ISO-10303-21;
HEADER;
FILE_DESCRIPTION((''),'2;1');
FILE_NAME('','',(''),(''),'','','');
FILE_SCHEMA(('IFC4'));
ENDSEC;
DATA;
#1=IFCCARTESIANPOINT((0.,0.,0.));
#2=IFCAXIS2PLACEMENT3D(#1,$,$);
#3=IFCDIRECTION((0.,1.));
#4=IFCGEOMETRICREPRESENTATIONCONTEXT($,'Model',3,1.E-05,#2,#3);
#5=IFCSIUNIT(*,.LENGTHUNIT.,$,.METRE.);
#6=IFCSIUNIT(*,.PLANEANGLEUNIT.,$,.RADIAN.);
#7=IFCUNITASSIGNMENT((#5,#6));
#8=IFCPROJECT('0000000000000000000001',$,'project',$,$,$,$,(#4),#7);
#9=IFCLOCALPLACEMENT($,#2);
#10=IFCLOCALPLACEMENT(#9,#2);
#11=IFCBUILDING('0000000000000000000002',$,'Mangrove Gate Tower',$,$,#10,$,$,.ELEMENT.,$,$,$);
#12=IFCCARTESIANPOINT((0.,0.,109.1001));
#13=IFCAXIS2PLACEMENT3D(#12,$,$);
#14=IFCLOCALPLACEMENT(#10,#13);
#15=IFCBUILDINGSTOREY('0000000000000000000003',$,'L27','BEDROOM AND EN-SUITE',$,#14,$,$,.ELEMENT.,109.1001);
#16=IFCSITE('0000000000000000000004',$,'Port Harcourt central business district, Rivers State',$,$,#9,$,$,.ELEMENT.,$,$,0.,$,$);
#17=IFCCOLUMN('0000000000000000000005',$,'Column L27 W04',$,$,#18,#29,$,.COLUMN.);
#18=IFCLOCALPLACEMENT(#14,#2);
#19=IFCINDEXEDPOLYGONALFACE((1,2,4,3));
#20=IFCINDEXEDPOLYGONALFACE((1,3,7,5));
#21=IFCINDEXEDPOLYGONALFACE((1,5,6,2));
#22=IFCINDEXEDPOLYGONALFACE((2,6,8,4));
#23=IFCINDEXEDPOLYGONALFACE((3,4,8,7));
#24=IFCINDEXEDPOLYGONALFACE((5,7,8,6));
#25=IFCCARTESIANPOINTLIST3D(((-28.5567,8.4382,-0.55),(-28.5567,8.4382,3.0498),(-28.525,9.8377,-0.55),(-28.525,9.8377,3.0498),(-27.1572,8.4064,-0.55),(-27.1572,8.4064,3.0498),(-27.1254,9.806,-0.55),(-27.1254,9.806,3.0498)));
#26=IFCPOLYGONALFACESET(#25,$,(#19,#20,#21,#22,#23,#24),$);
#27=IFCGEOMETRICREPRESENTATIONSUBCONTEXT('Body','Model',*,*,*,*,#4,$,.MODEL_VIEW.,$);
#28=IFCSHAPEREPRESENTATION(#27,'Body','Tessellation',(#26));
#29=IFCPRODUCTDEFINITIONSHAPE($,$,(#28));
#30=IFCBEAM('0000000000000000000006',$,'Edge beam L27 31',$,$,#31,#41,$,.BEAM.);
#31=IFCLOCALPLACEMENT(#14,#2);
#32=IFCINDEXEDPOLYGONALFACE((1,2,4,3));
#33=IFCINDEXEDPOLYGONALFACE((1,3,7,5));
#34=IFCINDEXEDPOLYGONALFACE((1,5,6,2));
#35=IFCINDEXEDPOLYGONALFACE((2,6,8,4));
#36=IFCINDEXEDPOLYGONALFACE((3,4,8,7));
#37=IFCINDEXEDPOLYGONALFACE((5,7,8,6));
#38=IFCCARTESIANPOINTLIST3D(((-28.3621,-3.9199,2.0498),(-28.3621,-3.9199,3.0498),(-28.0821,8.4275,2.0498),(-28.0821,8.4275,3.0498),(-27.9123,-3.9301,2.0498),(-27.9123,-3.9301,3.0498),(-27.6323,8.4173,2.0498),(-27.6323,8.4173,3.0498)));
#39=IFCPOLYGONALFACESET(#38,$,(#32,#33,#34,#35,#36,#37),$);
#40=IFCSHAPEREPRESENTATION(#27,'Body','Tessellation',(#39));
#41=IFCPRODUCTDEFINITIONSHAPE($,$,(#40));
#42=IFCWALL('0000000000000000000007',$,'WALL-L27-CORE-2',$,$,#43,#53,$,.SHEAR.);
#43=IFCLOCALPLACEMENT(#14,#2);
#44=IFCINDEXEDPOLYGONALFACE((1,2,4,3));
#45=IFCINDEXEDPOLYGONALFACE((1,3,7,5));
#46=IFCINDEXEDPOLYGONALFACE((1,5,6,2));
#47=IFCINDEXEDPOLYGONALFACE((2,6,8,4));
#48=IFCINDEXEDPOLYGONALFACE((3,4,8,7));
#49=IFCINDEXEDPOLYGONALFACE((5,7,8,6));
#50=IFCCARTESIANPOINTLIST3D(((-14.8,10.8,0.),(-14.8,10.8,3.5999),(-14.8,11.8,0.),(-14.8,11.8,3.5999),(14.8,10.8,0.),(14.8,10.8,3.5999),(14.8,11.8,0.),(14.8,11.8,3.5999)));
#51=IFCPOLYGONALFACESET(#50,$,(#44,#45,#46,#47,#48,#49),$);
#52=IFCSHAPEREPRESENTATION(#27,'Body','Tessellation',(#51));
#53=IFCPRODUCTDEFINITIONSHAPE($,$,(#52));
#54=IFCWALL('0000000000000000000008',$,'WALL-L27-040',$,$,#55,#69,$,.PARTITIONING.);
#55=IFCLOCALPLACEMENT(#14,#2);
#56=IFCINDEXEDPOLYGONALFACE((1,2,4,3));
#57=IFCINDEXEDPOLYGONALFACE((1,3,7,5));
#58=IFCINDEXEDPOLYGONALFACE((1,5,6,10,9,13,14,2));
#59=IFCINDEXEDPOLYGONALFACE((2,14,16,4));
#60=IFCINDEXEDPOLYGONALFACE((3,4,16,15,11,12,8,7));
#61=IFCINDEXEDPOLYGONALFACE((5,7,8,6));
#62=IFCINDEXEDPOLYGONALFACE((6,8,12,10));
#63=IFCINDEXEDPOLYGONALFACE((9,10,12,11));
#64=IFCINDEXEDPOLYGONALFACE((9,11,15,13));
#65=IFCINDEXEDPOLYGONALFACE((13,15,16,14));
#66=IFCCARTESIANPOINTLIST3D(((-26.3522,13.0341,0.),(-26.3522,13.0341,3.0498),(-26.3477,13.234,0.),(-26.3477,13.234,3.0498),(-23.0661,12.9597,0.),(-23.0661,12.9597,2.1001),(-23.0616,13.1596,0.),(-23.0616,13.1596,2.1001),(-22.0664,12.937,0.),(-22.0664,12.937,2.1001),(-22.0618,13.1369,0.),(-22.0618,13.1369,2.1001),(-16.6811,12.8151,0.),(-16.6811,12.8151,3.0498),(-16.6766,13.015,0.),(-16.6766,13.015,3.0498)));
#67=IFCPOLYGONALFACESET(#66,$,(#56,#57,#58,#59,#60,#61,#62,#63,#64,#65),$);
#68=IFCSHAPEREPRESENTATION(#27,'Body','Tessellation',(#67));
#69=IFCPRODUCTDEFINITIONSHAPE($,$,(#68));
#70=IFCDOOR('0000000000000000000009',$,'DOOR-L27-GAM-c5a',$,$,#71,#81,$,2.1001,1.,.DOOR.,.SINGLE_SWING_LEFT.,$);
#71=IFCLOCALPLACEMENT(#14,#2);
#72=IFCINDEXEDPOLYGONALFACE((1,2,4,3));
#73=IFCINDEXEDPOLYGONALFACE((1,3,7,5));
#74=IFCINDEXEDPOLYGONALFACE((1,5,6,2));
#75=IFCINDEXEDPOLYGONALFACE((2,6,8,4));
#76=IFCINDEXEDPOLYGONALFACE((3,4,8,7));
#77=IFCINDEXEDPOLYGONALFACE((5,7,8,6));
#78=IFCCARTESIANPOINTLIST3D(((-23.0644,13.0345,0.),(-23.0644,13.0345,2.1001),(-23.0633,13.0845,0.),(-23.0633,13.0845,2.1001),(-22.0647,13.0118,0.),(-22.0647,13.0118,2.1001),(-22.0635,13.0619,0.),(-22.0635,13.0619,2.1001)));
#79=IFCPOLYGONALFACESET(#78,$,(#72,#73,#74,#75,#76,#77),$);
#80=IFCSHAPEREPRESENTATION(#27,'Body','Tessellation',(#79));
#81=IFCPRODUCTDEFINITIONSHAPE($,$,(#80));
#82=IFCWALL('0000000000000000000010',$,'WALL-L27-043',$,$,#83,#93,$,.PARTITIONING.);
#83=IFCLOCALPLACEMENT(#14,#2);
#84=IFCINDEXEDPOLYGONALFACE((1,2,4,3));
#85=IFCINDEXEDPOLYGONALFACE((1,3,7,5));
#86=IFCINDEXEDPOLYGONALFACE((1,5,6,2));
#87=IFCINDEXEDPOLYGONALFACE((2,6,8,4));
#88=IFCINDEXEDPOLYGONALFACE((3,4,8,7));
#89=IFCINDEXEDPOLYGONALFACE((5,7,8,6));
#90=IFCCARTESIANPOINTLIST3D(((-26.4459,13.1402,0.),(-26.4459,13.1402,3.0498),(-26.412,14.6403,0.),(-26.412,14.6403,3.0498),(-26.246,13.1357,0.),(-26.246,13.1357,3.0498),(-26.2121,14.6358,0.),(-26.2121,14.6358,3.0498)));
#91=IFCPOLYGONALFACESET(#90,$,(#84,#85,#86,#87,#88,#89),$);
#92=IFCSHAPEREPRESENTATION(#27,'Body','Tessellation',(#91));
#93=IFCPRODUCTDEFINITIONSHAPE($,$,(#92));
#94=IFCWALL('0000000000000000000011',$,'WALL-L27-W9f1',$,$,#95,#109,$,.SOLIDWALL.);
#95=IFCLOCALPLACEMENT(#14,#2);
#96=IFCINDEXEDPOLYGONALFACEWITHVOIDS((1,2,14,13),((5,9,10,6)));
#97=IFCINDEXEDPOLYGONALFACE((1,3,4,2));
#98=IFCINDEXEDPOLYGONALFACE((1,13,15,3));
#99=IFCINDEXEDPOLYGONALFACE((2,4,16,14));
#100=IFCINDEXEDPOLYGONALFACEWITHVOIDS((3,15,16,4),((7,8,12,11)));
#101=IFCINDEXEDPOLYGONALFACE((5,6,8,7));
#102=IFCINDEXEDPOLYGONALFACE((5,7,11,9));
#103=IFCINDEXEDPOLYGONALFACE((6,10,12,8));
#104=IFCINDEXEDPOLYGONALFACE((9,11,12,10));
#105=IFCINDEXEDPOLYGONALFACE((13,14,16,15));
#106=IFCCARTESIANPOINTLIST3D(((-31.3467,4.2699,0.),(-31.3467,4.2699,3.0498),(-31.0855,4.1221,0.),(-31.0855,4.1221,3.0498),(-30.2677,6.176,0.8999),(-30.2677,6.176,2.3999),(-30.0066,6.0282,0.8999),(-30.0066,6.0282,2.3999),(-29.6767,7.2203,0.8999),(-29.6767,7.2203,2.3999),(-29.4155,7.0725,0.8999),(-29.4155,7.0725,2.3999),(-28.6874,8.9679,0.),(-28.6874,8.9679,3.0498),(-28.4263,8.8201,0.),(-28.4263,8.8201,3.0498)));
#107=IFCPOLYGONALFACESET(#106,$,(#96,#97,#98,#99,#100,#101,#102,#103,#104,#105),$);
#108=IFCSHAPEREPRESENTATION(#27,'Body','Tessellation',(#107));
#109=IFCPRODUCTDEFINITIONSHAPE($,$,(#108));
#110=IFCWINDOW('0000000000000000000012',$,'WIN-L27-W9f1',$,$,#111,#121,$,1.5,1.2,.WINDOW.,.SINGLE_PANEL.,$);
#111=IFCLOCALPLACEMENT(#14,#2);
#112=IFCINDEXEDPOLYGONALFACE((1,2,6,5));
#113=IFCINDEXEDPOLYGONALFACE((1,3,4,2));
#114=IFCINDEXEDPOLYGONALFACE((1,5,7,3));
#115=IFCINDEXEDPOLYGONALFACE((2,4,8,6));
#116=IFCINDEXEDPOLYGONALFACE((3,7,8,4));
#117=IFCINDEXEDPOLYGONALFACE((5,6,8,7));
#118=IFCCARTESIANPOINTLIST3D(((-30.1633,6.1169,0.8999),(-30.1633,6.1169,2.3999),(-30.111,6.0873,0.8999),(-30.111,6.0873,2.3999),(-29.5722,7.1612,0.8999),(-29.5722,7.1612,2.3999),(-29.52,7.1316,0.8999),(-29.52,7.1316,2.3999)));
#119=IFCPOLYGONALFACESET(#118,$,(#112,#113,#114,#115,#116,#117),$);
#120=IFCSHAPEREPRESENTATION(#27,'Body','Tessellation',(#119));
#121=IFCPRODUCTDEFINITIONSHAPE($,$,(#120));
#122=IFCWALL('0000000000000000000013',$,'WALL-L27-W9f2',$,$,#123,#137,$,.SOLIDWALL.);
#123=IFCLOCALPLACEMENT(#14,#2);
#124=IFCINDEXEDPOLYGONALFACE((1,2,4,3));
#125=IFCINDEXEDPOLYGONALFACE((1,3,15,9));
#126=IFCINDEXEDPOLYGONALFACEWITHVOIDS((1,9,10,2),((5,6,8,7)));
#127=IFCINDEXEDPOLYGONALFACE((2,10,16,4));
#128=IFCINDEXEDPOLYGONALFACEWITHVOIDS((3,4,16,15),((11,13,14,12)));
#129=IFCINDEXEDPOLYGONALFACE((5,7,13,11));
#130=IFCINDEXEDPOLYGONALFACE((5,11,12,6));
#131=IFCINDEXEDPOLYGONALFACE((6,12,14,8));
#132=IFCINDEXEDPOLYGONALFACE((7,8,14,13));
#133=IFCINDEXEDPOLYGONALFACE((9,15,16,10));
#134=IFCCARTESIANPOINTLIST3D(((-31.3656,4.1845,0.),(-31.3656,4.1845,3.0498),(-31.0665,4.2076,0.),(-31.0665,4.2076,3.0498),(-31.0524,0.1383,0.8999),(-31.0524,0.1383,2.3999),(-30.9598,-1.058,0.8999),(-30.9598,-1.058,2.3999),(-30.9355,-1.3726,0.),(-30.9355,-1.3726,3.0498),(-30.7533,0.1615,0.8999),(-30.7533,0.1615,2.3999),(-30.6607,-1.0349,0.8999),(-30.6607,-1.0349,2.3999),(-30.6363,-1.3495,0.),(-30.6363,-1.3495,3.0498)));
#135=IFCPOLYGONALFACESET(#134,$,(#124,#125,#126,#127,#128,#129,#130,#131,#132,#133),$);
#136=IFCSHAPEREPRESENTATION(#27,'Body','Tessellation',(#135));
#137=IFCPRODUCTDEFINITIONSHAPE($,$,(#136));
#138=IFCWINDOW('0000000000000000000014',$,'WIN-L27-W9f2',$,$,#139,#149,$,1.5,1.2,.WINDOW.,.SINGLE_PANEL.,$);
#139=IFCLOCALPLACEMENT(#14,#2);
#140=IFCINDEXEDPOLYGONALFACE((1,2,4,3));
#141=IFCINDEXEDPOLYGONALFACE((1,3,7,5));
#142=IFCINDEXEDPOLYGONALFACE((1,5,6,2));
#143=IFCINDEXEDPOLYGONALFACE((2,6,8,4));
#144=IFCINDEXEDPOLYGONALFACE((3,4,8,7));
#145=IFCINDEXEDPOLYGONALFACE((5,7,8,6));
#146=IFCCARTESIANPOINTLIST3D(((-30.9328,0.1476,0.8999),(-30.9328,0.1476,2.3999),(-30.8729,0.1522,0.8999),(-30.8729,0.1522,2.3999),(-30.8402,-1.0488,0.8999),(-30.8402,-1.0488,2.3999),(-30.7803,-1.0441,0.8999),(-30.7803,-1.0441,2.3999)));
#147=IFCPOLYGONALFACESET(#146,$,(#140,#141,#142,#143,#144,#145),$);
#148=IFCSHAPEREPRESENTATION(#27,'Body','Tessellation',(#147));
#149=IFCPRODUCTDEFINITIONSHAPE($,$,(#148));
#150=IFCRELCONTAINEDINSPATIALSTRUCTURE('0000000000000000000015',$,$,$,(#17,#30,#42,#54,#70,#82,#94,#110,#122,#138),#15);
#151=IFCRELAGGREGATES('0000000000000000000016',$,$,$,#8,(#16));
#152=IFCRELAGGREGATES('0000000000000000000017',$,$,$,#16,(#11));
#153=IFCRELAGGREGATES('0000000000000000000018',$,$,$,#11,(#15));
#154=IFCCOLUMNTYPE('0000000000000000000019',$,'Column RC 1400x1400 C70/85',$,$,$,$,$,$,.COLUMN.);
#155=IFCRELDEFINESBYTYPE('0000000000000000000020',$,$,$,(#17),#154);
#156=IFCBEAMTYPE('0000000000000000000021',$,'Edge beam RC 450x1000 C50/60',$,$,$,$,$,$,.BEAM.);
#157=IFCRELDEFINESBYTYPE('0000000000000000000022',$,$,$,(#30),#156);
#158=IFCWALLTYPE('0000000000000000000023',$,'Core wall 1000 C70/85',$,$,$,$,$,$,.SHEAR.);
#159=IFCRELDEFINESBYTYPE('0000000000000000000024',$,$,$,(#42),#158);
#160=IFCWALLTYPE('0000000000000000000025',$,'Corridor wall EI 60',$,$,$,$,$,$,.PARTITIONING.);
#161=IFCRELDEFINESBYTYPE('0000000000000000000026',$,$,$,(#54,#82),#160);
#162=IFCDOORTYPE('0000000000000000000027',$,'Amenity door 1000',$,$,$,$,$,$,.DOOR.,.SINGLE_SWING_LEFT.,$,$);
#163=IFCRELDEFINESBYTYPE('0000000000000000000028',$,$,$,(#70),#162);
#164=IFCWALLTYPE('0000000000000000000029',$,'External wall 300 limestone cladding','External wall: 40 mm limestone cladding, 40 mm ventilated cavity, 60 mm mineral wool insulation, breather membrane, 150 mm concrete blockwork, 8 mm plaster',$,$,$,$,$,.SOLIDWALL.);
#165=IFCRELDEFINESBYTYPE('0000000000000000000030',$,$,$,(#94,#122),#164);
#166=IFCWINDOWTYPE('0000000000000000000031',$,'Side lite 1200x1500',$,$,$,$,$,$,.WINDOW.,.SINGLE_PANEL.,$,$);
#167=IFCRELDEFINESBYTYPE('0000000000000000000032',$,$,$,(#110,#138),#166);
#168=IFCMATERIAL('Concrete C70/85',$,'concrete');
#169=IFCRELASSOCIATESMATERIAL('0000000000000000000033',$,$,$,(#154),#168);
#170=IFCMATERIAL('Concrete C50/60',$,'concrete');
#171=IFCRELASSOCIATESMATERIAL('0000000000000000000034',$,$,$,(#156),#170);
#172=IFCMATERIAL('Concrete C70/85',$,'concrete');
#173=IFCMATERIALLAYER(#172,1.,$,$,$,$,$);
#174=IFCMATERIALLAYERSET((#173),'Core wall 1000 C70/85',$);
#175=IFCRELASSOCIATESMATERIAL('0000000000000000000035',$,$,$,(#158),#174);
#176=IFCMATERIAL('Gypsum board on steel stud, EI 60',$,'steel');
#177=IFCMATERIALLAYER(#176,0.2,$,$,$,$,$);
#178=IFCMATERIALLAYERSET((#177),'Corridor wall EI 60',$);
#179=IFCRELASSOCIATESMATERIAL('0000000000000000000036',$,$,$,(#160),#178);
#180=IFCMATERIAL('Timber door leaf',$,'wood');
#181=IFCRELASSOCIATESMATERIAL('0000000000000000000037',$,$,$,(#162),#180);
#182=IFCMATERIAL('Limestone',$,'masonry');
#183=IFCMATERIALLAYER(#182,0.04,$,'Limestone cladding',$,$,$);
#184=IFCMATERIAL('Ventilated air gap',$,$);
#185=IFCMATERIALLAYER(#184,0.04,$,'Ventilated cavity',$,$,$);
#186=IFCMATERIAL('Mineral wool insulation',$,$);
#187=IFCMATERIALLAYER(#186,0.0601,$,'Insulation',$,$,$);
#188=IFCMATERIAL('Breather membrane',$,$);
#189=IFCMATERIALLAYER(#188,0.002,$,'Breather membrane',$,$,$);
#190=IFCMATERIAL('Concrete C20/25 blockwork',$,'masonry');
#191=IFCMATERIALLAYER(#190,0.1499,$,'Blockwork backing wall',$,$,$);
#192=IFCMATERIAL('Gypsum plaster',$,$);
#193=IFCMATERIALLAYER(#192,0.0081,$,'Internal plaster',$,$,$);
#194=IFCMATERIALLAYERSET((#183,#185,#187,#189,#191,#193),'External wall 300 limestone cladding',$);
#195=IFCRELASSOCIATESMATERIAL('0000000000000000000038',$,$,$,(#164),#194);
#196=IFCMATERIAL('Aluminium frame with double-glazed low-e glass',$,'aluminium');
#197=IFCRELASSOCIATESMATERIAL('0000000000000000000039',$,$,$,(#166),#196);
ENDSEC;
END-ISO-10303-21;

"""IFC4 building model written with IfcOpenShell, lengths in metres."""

from ifc_helpers import new_model, si_unit, direction, frame, frame_2d, origin, origin_2d, place, context, subcontext, project, spatial, rectangle, extrude, material, layer, layer_set, material_profile, profile_set, type_object, element, fill, save


model = new_model("IFC4")

# Units and contexts
model_context = context("Model", 3, precision=1e-05, world=origin(), true_north=direction((0.0, 1.0)))
body_context = subcontext(model_context, "Body", "Model", "MODEL_VIEW")
ifc_project = project(units=[si_unit("LENGTHUNIT", "METRE"), si_unit("PLANEANGLEUNIT", "RADIAN")], contexts=[model_context])

# Site, building, storey
site_placement = place(None, origin())
site = spatial("IfcSite", under=ifc_project, at=site_placement, Name="Port Harcourt central business district, Rivers State", CompositionType="ELEMENT", RefElevation=0.0)
building_placement = place(site_placement, origin())
building = spatial("IfcBuilding", under=site, at=building_placement, Name="Mangrove Gate Tower", CompositionType="ELEMENT")
storey_placement = place(building_placement, frame((0.0, 0.0, 109.1001)))
storey = spatial("IfcBuildingStorey", under=building, at=storey_placement, Name="L27", Description="BEDROOM AND EN-SUITE", CompositionType="ELEMENT", Elevation=109.1001)

# Column
ifc_material_1 = material(Name="Concrete C70/85", Category="concrete")
ifc_material_profile_1 = material_profile(ifc_material_1, rectangle(XDim=1.3999, YDim=1.3999, at=origin_2d()))
ifc_profile_set_1 = profile_set([ifc_material_profile_1], Name="Concrete C70/85")
column_type = type_object("IfcColumnType", Name="Column RC 1400x1400 C70/85", PredefinedType="COLUMN", material=ifc_profile_set_1)
column_placement = place(storey_placement, frame((-27.8411, 9.1221, -0.55), z_axis=(0.0, 0.0, 1.0), x_axis=(-0.022672, -0.999743, 0.0)))
element("IfcColumn", 1, at=column_placement, inside=storey, type_object=column_type, Name="Column L27 W04", PredefinedType="COLUMN", context=body_context, shape_type="SweptSolid", body=[
    extrude(rectangle(XDim=1.3999, YDim=1.3999, at=origin_2d()), origin(), (0.0, 0.0, 1.0), 3.5999),
])

# Beam
ifc_material_2 = material(Name="Concrete C50/60", Category="concrete")
ifc_material_profile_2 = material_profile(ifc_material_2, rectangle(XDim=0.45, YDim=1.0, at=origin_2d()))
ifc_profile_set_2 = profile_set([ifc_material_profile_2], Name="Concrete C50/60")
beam_type = type_object("IfcBeamType", Name="Edge beam RC 450x1000 C50/60", PredefinedType="BEAM", material=ifc_profile_set_2)
beam_placement = place(storey_placement, frame((-27.8572, 8.4224, 2.5498), z_axis=(-0.022673, -0.999743, 0.0), x_axis=(0.999743, -0.022673, 0.0)))
element("IfcBeam", 2, at=beam_placement, inside=storey, type_object=beam_type, Name="Edge beam L27 31", PredefinedType="BEAM", context=body_context, shape_type="SweptSolid", body=[
    extrude(rectangle(XDim=0.45, YDim=1.0, at=origin_2d()), origin(), (0.0, 0.0, 1.0), 12.3506),
])

# Wall
ifc_material_3 = material(Name="Concrete C70/85", Category="concrete")
ifc_layer_1 = layer(ifc_material_3, 1.0)
ifc_layer_set_1 = layer_set([ifc_layer_1], Name="Core wall 1000 C70/85")
wall_type_1 = type_object("IfcWallType", Name="Core wall 1000 C70/85", PredefinedType="SHEAR", material=ifc_layer_set_1)
wall_1_placement = place(storey_placement, frame((-14.8, 11.3, 0.0), z_axis=(0.0, 0.0, 1.0), x_axis=(1.0, 0.0, 0.0)))
element("IfcWall", 3, at=wall_1_placement, inside=storey, type_object=wall_type_1, Name="WALL-L27-CORE-2", PredefinedType="SHEAR", context=body_context, shape_type="SweptSolid", body=[
    extrude(rectangle(XDim=29.6001, YDim=1.0, at=frame_2d((14.8, 0.0))), origin(), (0.0, 0.0, 1.0), 3.5999),
])

# Wall, opening, door
ifc_material_4 = material(Name="Gypsum board on steel stud, EI 60", Category="steel")
ifc_layer_2 = layer(ifc_material_4, 0.2)
ifc_layer_set_2 = layer_set([ifc_layer_2], Name="Corridor wall EI 60")
wall_type_2 = type_object("IfcWallType", Name="Corridor wall EI 60", PredefinedType="PARTITIONING", material=ifc_layer_set_2)
wall_2_placement = place(storey_placement, frame((-26.3501, 13.134, 0.0), z_axis=(0.0, 0.0, 1.0), x_axis=(0.999744, -0.022638, 0.0)))
wall_2 = element("IfcWall", 4, at=wall_2_placement, inside=storey, type_object=wall_type_2, Name="WALL-L27-040", PredefinedType="PARTITIONING", context=body_context, shape_type="SweptSolid", body=[
    extrude(rectangle(XDim=9.6736, YDim=0.2, at=frame_2d((4.8369, 0.0))), origin(), (0.0, 0.0, 1.0), 3.0498),
])
opening_1_placement = place(wall_2_placement, frame((3.2871, 0.0, 0.0)))
opening_1 = element("IfcOpeningElement", 5, at=opening_1_placement, cuts=wall_2, PredefinedType="OPENING", context=body_context, shape_type="SweptSolid", body=[
    extrude(rectangle(XDim=1.0, YDim=2.1001, at=frame_2d((0.5, 1.05))), frame((0.0, 0.1099, 0.0), z_axis=(0.0, -1.0, 0.0), x_axis=(1.0, 0.0, 0.0)), (0.0, 0.0, 1.0), 0.22),
])
ifc_material_5 = material(Name="Timber door leaf", Category="wood")
door_type_1 = type_object("IfcDoorType", Name="Amenity door 1000", OperationType="SINGLE_SWING_LEFT", PredefinedType="DOOR", material=ifc_material_5)
door_1_placement = place(opening_1_placement, origin())
door_1 = element("IfcDoor", 6, at=door_1_placement, inside=storey, type_object=door_type_1, Name="DOOR-L27-GAM-c5a", OperationType="SINGLE_SWING_LEFT", OverallHeight=2.1001, OverallWidth=1.0, PredefinedType="DOOR", context=body_context, shape_type="SweptSolid", body=[
    extrude(rectangle(XDim=1.0, YDim=2.1001, at=frame_2d((0.5, 1.05))), frame((0.0, 0.0249, 0.0), z_axis=(0.0, -1.0, 0.0), x_axis=(1.0, 0.0, 0.0)), (0.0, 0.0, 1.0), 0.05),
])
fill(opening_1, door_1)

# Wall
wall_3_placement = place(storey_placement, frame((-26.3459, 13.1379, 0.0), z_axis=(0.0, 0.0, 1.0), x_axis=(0.022618, 0.999744, 0.0)))
element("IfcWall", 7, at=wall_3_placement, inside=storey, type_object=wall_type_2, Name="WALL-L27-043", PredefinedType="PARTITIONING", context=body_context, shape_type="SweptSolid", body=[
    extrude(rectangle(XDim=1.5005, YDim=0.2, at=frame_2d((0.7502, 0.0))), origin(), (0.0, 0.0, 1.0), 3.0498),
])

# Walls, openings, windows
ifc_material_6 = material(Name="Limestone", Category="masonry")
ifc_layer_3 = layer(ifc_material_6, 0.04, Name="Limestone cladding")
ifc_material_7 = material(Name="Ventilated air gap")
ifc_layer_4 = layer(ifc_material_7, 0.04, Name="Ventilated cavity")
ifc_material_8 = material(Name="Mineral wool insulation")
ifc_layer_5 = layer(ifc_material_8, 0.0601, Name="Insulation")
ifc_material_9 = material(Name="Breather membrane")
ifc_layer_6 = layer(ifc_material_9, 0.002, Name="Breather membrane")
ifc_material_10 = material(Name="Concrete C20/25 blockwork", Category="masonry")
ifc_layer_7 = layer(ifc_material_10, 0.1499, Name="Blockwork backing wall")
ifc_material_11 = material(Name="Gypsum plaster")
ifc_layer_8 = layer(ifc_material_11, 0.0081, Name="Internal plaster")
ifc_layer_set_3 = layer_set([ifc_layer_3, ifc_layer_4, ifc_layer_5, ifc_layer_6, ifc_layer_7, ifc_layer_8], Name="External wall 300 limestone cladding")
wall_type_3 = type_object("IfcWallType", Name="External wall 300 limestone cladding", Description="External wall: 40 mm limestone cladding, 40 mm ventilated cavity, 60 mm mineral wool insulation, breather membrane, 150 mm concrete blockwork, 8 mm plaster", PredefinedType="SOLIDWALL", material=ifc_layer_set_3)
wall_4_placement = place(storey_placement, frame((-28.5569, 8.894, 0.0), z_axis=(0.0, 0.0, 1.0), x_axis=(-0.492589, -0.870262, 0.0)))
wall_4 = element("IfcWall", 8, at=wall_4_placement, inside=storey, type_object=wall_type_3, Name="WALL-L27-W9f1", PredefinedType="SOLIDWALL", context=body_context, shape_type="SweptSolid", body=[
    extrude(rectangle(XDim=5.3984, YDim=0.3, at=frame_2d((2.6992, 0.0))), origin(), (0.0, 0.0, 1.0), 3.0498),
])
opening_2_placement = place(wall_4_placement, frame((2.0081, 0.0, 0.8999)))
opening_2 = element("IfcOpeningElement", 9, at=opening_2_placement, cuts=wall_4, PredefinedType="OPENING", context=body_context, shape_type="SweptSolid", body=[
    extrude(rectangle(XDim=1.2, YDim=1.5, at=frame_2d((0.6001, 0.75))), frame((0.0, 0.1599, 0.0), z_axis=(0.0, -1.0, 0.0), x_axis=(1.0, 0.0, 0.0)), (0.0, 0.0, 1.0), 0.3201),
])
ifc_material_12 = material(Name="Aluminium frame with double-glazed low-e glass", Category="aluminium")
window_type = type_object("IfcWindowType", Name="Side lite 1200x1500", PartitioningType="SINGLE_PANEL", PredefinedType="WINDOW", material=ifc_material_12)
window_1_placement = place(opening_2_placement, origin())
window_1 = element("IfcWindow", 10, at=window_1_placement, inside=storey, type_object=window_type, Name="WIN-L27-W9f1", OverallHeight=1.5, OverallWidth=1.2, PartitioningType="SINGLE_PANEL", PredefinedType="WINDOW", context=body_context, shape_type="SweptSolid", body=[
    extrude(rectangle(XDim=1.2, YDim=1.5, at=frame_2d((0.6001, 0.75))), frame((0.0, 0.03, 0.0), z_axis=(0.0, -1.0, 0.0), x_axis=(1.0, 0.0, 0.0)), (0.0, 0.0, 1.0), 0.0601),
])
fill(opening_2, window_1)
wall_5_placement = place(storey_placement, frame((-31.2161, 4.196, 0.0), z_axis=(0.0, 0.0, 1.0), x_axis=(0.077179, -0.997017, 0.0)))
wall_5 = element("IfcWall", 11, at=wall_5_placement, inside=storey, type_object=wall_type_3, Name="WALL-L27-W9f2", PredefinedType="SOLIDWALL", context=body_context, shape_type="SweptSolid", body=[
    extrude(rectangle(XDim=5.5737, YDim=0.3, at=frame_2d((2.7869, 0.0))), origin(), (0.0, 0.0, 1.0), 3.0498),
])
opening_3_placement = place(wall_5_placement, frame((4.0581, 0.0, 0.8999)))
opening_3 = element("IfcOpeningElement", 12, at=opening_3_placement, cuts=wall_5, PredefinedType="OPENING", context=body_context, shape_type="SweptSolid", body=[
    extrude(rectangle(XDim=1.2, YDim=1.5, at=frame_2d((0.6001, 0.75))), frame((0.0, 0.1599, 0.0), z_axis=(0.0, -1.0, 0.0), x_axis=(1.0, 0.0, 0.0)), (0.0, 0.0, 1.0), 0.3201),
])
window_2_placement = place(opening_3_placement, origin())
window_2 = element("IfcWindow", 13, at=window_2_placement, inside=storey, type_object=window_type, Name="WIN-L27-W9f2", OverallHeight=1.5, OverallWidth=1.2, PartitioningType="SINGLE_PANEL", PredefinedType="WINDOW", context=body_context, shape_type="SweptSolid", body=[
    extrude(rectangle(XDim=1.2, YDim=1.5, at=frame_2d((0.6001, 0.75))), frame((0.0, 0.03, 0.0), z_axis=(0.0, -1.0, 0.0), x_axis=(1.0, 0.0, 0.0)), (0.0, 0.0, 1.0), 0.0601),
])
fill(opening_3, window_2)

save(model, "model.ifc")
